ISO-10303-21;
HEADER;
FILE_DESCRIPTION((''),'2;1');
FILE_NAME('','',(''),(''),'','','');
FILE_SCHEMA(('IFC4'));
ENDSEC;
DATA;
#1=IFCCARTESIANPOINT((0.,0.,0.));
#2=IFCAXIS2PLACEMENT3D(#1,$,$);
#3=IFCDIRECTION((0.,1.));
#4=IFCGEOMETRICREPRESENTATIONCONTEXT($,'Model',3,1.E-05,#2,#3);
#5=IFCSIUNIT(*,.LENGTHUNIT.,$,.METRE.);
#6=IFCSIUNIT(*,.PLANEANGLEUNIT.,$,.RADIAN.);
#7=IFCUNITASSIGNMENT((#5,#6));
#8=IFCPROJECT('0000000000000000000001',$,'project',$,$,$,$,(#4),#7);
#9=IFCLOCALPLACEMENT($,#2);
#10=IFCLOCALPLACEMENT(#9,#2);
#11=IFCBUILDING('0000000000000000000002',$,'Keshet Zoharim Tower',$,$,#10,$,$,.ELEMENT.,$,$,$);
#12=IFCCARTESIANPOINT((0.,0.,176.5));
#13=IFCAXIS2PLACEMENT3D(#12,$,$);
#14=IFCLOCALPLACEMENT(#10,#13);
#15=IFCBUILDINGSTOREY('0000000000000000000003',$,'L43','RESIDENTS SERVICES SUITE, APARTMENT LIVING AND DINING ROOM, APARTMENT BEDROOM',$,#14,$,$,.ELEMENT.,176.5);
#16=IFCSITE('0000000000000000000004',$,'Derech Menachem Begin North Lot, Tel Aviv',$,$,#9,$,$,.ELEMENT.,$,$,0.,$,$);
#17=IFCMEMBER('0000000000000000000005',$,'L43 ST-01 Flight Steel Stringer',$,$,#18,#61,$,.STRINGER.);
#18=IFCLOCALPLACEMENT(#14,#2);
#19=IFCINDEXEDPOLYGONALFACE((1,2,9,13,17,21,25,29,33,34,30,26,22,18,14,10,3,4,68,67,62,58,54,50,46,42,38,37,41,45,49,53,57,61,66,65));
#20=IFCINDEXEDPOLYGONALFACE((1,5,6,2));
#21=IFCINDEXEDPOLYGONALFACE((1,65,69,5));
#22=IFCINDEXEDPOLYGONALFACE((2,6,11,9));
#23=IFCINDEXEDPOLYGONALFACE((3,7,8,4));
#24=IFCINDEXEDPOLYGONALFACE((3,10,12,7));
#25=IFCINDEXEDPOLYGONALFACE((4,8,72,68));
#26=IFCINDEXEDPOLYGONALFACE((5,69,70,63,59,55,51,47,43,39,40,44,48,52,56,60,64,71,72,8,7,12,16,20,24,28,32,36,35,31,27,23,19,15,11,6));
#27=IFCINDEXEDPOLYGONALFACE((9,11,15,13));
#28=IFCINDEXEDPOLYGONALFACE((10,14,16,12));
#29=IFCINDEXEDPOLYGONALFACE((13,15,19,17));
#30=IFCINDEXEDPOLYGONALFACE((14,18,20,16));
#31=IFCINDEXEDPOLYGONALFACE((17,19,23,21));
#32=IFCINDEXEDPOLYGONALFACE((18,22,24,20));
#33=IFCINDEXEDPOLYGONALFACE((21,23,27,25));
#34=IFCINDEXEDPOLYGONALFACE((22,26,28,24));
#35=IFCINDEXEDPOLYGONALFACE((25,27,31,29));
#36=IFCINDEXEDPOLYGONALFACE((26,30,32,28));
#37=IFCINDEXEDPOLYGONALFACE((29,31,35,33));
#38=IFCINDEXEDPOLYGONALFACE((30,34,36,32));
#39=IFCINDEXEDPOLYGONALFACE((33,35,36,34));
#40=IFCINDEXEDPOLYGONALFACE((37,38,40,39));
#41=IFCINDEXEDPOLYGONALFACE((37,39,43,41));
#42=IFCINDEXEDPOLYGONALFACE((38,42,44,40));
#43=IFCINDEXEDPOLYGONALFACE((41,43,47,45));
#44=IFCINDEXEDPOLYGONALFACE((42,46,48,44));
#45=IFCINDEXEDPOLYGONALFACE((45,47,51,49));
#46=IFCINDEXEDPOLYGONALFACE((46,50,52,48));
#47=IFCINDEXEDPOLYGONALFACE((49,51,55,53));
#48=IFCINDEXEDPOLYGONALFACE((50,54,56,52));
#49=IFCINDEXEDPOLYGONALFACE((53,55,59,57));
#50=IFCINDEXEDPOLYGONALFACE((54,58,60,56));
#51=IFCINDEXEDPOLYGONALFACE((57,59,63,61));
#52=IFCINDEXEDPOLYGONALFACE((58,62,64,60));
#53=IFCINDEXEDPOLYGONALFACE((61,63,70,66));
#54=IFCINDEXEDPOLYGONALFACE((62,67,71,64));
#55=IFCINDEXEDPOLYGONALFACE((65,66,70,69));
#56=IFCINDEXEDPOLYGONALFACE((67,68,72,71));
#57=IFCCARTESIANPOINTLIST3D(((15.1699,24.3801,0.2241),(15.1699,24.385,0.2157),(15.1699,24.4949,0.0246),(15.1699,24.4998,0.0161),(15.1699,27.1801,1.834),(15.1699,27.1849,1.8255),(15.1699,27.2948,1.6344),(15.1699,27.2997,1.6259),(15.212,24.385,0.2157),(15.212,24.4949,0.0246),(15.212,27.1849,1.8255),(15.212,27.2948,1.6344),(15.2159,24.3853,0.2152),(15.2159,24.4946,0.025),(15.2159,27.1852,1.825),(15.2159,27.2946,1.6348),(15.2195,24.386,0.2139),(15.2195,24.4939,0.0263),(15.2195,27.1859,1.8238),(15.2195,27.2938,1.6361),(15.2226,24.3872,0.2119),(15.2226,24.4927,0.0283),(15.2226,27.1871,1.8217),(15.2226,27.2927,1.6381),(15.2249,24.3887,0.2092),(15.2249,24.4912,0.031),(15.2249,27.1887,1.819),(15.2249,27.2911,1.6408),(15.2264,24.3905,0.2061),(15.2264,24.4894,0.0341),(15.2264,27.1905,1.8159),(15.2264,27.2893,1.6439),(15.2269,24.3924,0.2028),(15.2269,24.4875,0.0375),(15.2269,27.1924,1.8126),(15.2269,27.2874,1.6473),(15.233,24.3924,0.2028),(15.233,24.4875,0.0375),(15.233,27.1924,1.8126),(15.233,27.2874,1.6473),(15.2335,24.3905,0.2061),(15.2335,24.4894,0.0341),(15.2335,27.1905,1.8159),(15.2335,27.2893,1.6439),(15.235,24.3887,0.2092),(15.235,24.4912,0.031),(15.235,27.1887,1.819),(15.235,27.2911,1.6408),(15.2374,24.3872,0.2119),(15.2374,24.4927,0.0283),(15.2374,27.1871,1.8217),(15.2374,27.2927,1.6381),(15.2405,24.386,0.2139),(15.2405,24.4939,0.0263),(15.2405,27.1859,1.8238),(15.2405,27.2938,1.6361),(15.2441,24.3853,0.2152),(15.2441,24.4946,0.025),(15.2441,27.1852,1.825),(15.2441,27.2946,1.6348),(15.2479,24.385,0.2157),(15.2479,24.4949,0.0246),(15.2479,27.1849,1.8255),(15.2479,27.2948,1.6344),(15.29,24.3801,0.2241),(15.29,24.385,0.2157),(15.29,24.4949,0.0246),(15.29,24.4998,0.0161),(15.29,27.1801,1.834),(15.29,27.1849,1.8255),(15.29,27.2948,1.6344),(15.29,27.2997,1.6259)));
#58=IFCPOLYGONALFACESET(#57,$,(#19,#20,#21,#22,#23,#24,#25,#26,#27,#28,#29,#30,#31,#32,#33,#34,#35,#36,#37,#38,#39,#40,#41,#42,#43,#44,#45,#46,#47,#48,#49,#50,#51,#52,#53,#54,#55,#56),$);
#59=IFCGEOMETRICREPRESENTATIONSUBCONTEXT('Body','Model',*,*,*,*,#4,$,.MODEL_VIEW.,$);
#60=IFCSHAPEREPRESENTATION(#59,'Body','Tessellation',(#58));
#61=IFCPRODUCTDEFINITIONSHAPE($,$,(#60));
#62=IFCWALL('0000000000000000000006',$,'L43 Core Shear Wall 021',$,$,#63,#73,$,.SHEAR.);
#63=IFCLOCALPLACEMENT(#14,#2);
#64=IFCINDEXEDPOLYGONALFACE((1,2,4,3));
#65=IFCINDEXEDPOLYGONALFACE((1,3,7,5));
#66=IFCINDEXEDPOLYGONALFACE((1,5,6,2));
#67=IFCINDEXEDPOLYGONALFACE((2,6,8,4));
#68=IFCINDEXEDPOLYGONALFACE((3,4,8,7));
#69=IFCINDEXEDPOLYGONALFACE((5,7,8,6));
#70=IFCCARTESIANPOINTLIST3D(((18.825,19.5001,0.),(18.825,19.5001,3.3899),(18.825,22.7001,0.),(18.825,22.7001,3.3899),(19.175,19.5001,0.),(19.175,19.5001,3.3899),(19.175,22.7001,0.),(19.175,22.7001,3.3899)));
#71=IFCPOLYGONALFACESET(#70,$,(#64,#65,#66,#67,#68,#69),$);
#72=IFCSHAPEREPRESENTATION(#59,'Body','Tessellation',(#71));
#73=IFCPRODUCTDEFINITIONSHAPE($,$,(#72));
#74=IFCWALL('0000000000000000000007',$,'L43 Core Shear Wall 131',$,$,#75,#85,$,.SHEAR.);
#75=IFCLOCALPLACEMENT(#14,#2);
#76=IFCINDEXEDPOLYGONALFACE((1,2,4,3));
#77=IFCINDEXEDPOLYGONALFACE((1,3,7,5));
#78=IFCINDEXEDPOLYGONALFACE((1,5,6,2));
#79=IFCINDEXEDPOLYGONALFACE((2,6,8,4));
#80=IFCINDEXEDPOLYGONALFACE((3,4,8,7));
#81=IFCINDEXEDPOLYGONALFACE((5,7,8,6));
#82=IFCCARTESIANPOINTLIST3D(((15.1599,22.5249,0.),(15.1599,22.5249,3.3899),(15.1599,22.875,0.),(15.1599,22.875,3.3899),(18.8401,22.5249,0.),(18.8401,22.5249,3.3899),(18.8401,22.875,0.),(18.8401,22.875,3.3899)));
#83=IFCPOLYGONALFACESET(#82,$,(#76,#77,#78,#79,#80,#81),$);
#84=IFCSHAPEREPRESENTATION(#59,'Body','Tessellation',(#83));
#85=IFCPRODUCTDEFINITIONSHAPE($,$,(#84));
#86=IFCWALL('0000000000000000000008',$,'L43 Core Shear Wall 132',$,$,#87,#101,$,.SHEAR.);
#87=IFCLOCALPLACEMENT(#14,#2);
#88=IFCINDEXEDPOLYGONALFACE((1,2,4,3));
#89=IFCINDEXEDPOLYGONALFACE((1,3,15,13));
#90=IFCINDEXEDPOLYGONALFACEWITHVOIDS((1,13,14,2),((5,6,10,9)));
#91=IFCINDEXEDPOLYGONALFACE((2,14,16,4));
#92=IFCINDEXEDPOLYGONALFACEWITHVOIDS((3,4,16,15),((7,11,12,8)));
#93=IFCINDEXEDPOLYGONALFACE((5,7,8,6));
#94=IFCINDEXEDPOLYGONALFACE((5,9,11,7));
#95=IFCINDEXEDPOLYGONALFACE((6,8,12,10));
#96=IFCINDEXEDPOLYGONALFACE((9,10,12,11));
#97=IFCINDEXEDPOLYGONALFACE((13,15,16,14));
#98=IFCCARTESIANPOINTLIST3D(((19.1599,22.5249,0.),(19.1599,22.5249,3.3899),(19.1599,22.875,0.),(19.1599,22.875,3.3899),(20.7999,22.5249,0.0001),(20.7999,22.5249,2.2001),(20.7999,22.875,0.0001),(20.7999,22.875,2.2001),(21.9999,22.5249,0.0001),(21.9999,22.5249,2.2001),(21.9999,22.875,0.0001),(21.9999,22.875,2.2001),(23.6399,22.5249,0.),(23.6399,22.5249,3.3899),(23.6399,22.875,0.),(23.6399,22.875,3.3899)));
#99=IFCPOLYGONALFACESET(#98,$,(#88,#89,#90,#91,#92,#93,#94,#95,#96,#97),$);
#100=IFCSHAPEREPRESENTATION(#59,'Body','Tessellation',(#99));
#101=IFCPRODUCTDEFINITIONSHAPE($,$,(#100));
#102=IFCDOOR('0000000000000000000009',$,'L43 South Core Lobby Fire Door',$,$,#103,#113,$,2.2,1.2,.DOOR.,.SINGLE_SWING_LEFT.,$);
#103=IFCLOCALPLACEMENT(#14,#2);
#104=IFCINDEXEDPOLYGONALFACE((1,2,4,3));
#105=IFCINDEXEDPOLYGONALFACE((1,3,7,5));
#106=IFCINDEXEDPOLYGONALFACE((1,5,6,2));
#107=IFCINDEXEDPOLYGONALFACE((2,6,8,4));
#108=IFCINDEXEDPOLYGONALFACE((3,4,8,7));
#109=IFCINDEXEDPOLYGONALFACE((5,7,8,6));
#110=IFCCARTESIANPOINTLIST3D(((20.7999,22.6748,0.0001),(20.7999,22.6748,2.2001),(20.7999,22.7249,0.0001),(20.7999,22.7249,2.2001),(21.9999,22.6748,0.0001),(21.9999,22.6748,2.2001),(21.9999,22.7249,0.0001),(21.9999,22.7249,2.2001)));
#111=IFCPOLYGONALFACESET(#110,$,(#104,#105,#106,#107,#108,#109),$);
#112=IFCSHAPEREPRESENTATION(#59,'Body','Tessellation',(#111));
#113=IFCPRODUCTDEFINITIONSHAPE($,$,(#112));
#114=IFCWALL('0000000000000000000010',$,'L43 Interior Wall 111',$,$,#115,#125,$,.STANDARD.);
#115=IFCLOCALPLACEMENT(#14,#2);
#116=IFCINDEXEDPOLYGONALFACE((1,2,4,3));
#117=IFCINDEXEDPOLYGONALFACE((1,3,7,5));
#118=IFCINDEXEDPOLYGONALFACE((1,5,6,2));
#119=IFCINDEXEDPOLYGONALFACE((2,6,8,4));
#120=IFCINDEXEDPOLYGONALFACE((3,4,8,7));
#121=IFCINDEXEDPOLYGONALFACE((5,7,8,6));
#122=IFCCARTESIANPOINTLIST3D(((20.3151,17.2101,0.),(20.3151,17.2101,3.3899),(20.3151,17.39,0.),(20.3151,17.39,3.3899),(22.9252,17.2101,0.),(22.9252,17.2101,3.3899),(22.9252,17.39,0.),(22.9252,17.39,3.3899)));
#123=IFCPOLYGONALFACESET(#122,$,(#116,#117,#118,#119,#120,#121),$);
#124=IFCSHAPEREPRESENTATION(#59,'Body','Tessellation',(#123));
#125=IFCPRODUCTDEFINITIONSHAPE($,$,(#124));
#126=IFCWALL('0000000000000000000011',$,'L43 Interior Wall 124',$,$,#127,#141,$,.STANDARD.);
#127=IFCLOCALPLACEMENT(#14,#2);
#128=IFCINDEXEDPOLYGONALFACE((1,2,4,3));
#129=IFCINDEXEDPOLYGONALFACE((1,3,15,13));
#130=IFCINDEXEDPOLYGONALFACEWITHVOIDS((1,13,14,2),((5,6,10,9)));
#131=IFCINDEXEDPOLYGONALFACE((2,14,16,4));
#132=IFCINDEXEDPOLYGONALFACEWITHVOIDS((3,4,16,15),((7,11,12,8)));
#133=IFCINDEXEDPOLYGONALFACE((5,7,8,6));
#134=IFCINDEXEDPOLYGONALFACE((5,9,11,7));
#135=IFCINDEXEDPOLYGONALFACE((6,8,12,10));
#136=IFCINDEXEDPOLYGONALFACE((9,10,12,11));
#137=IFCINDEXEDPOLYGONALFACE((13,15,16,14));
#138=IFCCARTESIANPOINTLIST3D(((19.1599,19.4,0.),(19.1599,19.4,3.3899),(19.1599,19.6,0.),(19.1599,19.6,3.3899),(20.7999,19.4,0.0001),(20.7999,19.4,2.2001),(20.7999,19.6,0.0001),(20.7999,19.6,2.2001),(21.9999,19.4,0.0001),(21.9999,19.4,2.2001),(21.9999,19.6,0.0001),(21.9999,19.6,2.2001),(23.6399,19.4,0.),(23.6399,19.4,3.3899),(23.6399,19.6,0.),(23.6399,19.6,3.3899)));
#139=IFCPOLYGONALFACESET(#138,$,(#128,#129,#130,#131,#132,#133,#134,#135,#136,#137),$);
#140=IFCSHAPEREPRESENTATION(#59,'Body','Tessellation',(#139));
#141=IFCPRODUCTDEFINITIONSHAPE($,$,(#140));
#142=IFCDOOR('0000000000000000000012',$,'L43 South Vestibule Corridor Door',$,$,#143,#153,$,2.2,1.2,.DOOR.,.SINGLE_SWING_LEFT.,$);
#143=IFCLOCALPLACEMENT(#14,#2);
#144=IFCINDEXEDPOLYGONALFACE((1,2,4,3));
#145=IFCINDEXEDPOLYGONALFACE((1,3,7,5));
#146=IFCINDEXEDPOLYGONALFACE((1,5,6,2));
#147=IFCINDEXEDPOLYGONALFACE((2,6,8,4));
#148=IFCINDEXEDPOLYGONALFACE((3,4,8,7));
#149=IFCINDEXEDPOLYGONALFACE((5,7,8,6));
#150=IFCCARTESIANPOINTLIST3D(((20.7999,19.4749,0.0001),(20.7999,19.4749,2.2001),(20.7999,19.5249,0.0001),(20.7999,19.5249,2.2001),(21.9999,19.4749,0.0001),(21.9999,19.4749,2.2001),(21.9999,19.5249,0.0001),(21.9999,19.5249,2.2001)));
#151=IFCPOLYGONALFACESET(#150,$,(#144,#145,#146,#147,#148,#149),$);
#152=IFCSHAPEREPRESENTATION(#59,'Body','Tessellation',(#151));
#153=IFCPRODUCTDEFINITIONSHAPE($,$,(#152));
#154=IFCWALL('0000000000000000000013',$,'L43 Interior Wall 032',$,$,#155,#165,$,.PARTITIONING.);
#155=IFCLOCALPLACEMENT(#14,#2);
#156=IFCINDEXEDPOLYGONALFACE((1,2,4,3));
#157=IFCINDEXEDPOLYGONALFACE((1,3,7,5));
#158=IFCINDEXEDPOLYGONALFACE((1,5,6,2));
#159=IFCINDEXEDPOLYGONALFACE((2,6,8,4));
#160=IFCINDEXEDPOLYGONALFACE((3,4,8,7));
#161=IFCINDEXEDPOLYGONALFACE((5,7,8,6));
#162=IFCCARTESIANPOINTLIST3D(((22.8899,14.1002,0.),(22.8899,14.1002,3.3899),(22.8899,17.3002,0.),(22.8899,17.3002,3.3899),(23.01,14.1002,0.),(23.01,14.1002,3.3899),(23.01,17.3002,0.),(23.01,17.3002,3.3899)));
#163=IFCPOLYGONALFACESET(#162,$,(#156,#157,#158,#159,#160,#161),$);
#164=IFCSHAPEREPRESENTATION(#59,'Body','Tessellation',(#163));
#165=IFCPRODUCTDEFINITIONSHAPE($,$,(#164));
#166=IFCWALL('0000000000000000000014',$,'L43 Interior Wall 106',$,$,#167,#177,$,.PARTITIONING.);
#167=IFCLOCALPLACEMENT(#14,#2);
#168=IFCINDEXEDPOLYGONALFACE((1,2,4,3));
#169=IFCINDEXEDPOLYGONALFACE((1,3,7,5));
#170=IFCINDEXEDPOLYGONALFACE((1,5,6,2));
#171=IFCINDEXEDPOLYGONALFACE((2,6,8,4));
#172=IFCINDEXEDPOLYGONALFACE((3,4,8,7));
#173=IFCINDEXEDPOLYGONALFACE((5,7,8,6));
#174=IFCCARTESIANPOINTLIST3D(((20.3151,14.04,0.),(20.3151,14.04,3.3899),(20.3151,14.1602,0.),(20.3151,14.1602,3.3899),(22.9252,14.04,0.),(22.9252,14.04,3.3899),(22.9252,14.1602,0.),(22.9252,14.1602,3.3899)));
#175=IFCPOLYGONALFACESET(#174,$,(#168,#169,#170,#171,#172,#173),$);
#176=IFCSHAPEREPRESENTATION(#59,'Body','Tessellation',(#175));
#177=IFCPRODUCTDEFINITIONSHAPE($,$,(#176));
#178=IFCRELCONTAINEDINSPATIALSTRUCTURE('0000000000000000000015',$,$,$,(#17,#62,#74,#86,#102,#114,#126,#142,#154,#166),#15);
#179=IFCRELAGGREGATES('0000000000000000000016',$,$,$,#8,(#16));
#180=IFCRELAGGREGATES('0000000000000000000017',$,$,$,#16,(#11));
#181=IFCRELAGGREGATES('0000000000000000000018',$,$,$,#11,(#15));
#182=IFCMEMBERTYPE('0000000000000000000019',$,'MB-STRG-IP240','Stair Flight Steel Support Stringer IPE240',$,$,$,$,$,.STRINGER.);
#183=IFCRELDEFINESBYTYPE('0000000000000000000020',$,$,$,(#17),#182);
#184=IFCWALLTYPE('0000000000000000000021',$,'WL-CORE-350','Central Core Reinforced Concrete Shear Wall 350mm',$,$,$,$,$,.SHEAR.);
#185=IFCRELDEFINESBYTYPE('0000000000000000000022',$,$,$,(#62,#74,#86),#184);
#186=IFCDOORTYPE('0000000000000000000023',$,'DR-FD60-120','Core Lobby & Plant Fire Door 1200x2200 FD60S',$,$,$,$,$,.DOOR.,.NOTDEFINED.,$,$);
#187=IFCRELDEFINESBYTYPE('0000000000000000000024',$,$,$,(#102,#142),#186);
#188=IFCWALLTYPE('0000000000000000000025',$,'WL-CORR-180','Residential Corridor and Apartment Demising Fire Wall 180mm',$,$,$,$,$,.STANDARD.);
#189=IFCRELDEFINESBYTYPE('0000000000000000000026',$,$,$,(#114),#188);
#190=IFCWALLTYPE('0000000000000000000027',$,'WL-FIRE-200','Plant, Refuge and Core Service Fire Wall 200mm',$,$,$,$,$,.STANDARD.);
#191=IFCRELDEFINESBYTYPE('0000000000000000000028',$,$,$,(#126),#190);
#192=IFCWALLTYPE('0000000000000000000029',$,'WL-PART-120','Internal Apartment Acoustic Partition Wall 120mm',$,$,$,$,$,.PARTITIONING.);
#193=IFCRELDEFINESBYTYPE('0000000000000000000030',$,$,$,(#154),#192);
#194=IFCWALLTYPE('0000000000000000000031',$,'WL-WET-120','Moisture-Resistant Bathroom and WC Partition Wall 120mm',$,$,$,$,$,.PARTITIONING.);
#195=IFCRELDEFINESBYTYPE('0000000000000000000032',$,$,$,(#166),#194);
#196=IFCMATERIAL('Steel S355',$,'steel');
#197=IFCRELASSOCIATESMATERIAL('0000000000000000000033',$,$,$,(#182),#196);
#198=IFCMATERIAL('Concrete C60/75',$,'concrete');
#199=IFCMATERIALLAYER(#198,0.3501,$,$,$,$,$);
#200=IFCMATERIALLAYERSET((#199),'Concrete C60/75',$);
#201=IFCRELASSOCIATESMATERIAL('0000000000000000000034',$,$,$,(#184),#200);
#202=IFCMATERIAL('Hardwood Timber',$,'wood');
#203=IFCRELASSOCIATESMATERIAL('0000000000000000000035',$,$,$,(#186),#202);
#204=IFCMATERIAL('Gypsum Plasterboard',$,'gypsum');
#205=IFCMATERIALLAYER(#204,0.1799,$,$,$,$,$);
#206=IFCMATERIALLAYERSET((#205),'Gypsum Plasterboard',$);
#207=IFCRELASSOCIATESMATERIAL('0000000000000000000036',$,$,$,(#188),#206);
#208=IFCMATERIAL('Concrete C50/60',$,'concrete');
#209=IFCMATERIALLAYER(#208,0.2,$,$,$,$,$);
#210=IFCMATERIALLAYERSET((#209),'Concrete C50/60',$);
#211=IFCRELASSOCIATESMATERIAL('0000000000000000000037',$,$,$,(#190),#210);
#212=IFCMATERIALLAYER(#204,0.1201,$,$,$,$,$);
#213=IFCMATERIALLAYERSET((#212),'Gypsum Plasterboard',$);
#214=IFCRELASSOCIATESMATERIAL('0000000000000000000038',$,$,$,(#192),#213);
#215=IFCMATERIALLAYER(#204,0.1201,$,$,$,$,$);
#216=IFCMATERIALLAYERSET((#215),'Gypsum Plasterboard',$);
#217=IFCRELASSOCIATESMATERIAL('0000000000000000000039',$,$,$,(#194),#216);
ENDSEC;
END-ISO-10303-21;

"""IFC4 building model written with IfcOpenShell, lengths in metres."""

from ifc_helpers import new_model, si_unit, direction, frame, frame_2d, origin, origin_2d, place, context, subcontext, project, spatial, rectangle, i_section, extrude, material, layer, layer_set, material_profile, profile_set, type_object, element, fill, save


model = new_model("IFC4")

# Units and contexts
model_context = context("Model", 3, precision=1e-05, world=origin(), true_north=direction((0.0, 1.0)))
body_context = subcontext(model_context, "Body", "Model", "MODEL_VIEW")
ifc_project = project(units=[si_unit("LENGTHUNIT", "METRE"), si_unit("PLANEANGLEUNIT", "RADIAN")], contexts=[model_context])

# Site, building, storey
site_placement = place(None, origin())
site = spatial("IfcSite", under=ifc_project, at=site_placement, Name="Derech Menachem Begin North Lot, Tel Aviv", CompositionType="ELEMENT", RefElevation=0.0)
building_placement = place(site_placement, origin())
building = spatial("IfcBuilding", under=site, at=building_placement, Name="Keshet Zoharim Tower", CompositionType="ELEMENT")
storey_placement = place(building_placement, frame((0.0, 0.0, 176.5)))
storey = spatial("IfcBuildingStorey", under=building, at=storey_placement, Name="L43", Description="RESIDENTS SERVICES SUITE, APARTMENT LIVING AND DINING ROOM, APARTMENT BEDROOM", CompositionType="ELEMENT", Elevation=176.5)

# Member
ifc_material_1 = material(Name="Steel S355", Category="steel")
ifc_material_profile = material_profile(ifc_material_1, i_section(OverallWidth=0.1201, OverallDepth=0.24, WebThickness=0.0061, FlangeThickness=0.0098, FilletRadius=0.0149, at=origin_2d()), Name="IPE240")
ifc_profile_set = profile_set([ifc_material_profile], Name="Steel S355")
member_type = type_object("IfcMemberType", Name="MB-STRG-IP240", Description="Stair Flight Steel Support Stringer IPE240", PredefinedType="STRINGER", material=ifc_profile_set)
member_placement = place(storey_placement, frame((15.23, 24.4399, 0.1201), z_axis=(0.0, 0.866928, 0.498433), x_axis=(-1.0, 0.0, 0.0)))
element("IfcMember", 1, at=member_placement, inside=storey, type_object=member_type, Name="L43 ST-01 Flight Steel Stringer", PredefinedType="STRINGER", context=body_context, shape_type="SweptSolid", body=[
    extrude(i_section(OverallWidth=0.1201, OverallDepth=0.24, WebThickness=0.0061, FlangeThickness=0.0098, FilletRadius=0.0149, at=origin_2d()), origin(), (0.0, 0.0, 1.0), 3.2297),
])

# Wall
ifc_material_2 = material(Name="Concrete C60/75", Category="concrete")
ifc_layer_1 = layer(ifc_material_2, 0.3501)
ifc_layer_set_1 = layer_set([ifc_layer_1], Name="Concrete C60/75")
wall_type_1 = type_object("IfcWallType", Name="WL-CORE-350", Description="Central Core Reinforced Concrete Shear Wall 350mm", PredefinedType="SHEAR", material=ifc_layer_set_1)
wall_1_placement = place(storey_placement, frame((19.0, 19.5, 0.0), z_axis=(0.0, 0.0, 1.0), x_axis=(0.0, 1.0, 0.0)))
element("IfcWall", 2, at=wall_1_placement, inside=storey, type_object=wall_type_1, Name="L43 Core Shear Wall 021", PredefinedType="SHEAR", context=body_context, shape_type="SweptSolid", body=[
    extrude(rectangle(XDim=3.2, YDim=0.3501, at=frame_2d((1.6001, 0.0))), origin(), (0.0, 0.0, 1.0), 3.3899),
])

# Shared definitions
ifc_material_3 = material(Name="Hardwood Timber", Category="wood")

# Wall
wall_2_placement = place(storey_placement, frame((15.1599, 22.7, 0.0), z_axis=(0.0, 0.0, 1.0), x_axis=(1.0, 0.0, 0.0)))
element("IfcWall", 3, at=wall_2_placement, inside=storey, type_object=wall_type_1, Name="L43 Core Shear Wall 131", PredefinedType="SHEAR", context=body_context, shape_type="SweptSolid", body=[
    extrude(rectangle(XDim=3.6802, YDim=0.3501, at=frame_2d((1.8401, 0.0))), origin(), (0.0, 0.0, 1.0), 3.3899),
])

# Wall, opening, door
wall_3_placement = place(storey_placement, frame((19.1599, 22.7, 0.0), z_axis=(0.0, 0.0, 1.0), x_axis=(1.0, 0.0, 0.0)))
wall_3 = element("IfcWall", 4, at=wall_3_placement, inside=storey, type_object=wall_type_1, Name="L43 Core Shear Wall 132", PredefinedType="SHEAR", context=body_context, shape_type="SweptSolid", body=[
    extrude(rectangle(XDim=4.48, YDim=0.3501, at=frame_2d((2.24, 0.0))), origin(), (0.0, 0.0, 1.0), 3.3899),
])
opening_1_placement = place(wall_3_placement, frame((1.6399, 0.0, 0.0)))
opening_1 = element("IfcOpeningElement", 5, at=opening_1_placement, cuts=wall_3, PredefinedType="OPENING", context=body_context, shape_type="SweptSolid", body=[
    extrude(rectangle(XDim=1.2, YDim=2.2, at=frame_2d((0.6001, 1.1001))), frame((0.0, 0.1851, 0.0), z_axis=(0.0, -1.0, 0.0), x_axis=(1.0, 0.0, 0.0)), (0.0, 0.0, 1.0), 0.3701),
])
door_type_1 = type_object("IfcDoorType", Name="DR-FD60-120", Description="Core Lobby & Plant Fire Door 1200x2200 FD60S", OperationType="NOTDEFINED", PredefinedType="DOOR", material=ifc_material_3)
door_1_placement = place(opening_1_placement, origin())
door_1 = element("IfcDoor", 6, at=door_1_placement, inside=storey, type_object=door_type_1, Name="L43 South Core Lobby Fire Door", OperationType="SINGLE_SWING_LEFT", OverallHeight=2.2, OverallWidth=1.2, PredefinedType="DOOR", context=body_context, shape_type="SweptSolid", body=[
    extrude(rectangle(XDim=1.2, YDim=2.2, at=frame_2d((0.6001, 1.1001))), frame((0.0, 0.0249, 0.0), z_axis=(0.0, -1.0, 0.0), x_axis=(1.0, 0.0, 0.0)), (0.0, 0.0, 1.0), 0.05),
])
fill(opening_1, door_1)

# Wall
ifc_material_4 = material(Name="Gypsum Plasterboard", Category="gypsum")
ifc_layer_2 = layer(ifc_material_4, 0.1799)
ifc_layer_set_2 = layer_set([ifc_layer_2], Name="Gypsum Plasterboard")
wall_type_2 = type_object("IfcWallType", Name="WL-CORR-180", Description="Residential Corridor and Apartment Demising Fire Wall 180mm", PredefinedType="STANDARD", material=ifc_layer_set_2)
wall_4_placement = place(storey_placement, frame((20.3149, 17.3, 0.0), z_axis=(0.0, 0.0, 1.0), x_axis=(1.0, 0.0, 0.0)))
element("IfcWall", 7, at=wall_4_placement, inside=storey, type_object=wall_type_2, Name="L43 Interior Wall 111", PredefinedType="STANDARD", context=body_context, shape_type="SweptSolid", body=[
    extrude(rectangle(XDim=2.6101, YDim=0.1799, at=frame_2d((1.3052, 0.0))), origin(), (0.0, 0.0, 1.0), 3.3899),
])

# Wall, opening, door
ifc_material_5 = material(Name="Concrete C50/60", Category="concrete")
ifc_layer_3 = layer(ifc_material_5, 0.2)
ifc_layer_set_3 = layer_set([ifc_layer_3], Name="Concrete C50/60")
wall_type_3 = type_object("IfcWallType", Name="WL-FIRE-200", Description="Plant, Refuge and Core Service Fire Wall 200mm", PredefinedType="STANDARD", material=ifc_layer_set_3)
wall_5_placement = place(storey_placement, frame((19.1599, 19.5, 0.0), z_axis=(0.0, 0.0, 1.0), x_axis=(1.0, 0.0, 0.0)))
wall_5 = element("IfcWall", 8, at=wall_5_placement, inside=storey, type_object=wall_type_3, Name="L43 Interior Wall 124", PredefinedType="STANDARD", context=body_context, shape_type="SweptSolid", body=[
    extrude(rectangle(XDim=4.48, YDim=0.2, at=frame_2d((2.24, 0.0))), origin(), (0.0, 0.0, 1.0), 3.3899),
])
opening_2_placement = place(wall_5_placement, frame((1.6399, 0.0, 0.0)))
opening_2 = element("IfcOpeningElement", 9, at=opening_2_placement, cuts=wall_5, PredefinedType="OPENING", context=body_context, shape_type="SweptSolid", body=[
    extrude(rectangle(XDim=1.2, YDim=2.2, at=frame_2d((0.6001, 1.1001))), frame((0.0, 0.1099, 0.0), z_axis=(0.0, -1.0, 0.0), x_axis=(1.0, 0.0, 0.0)), (0.0, 0.0, 1.0), 0.22),
])
door_2_placement = place(opening_2_placement, origin())
door_2 = element("IfcDoor", 10, at=door_2_placement, inside=storey, type_object=door_type_1, Name="L43 South Vestibule Corridor Door", OperationType="SINGLE_SWING_LEFT", OverallHeight=2.2, OverallWidth=1.2, PredefinedType="DOOR", context=body_context, shape_type="SweptSolid", body=[
    extrude(rectangle(XDim=1.2, YDim=2.2, at=frame_2d((0.6001, 1.1001))), frame((0.0, 0.0249, 0.0), z_axis=(0.0, -1.0, 0.0), x_axis=(1.0, 0.0, 0.0)), (0.0, 0.0, 1.0), 0.05),
])
fill(opening_2, door_2)
ifc_layer_4 = layer(ifc_material_4, 0.1201)
ifc_layer_set_4 = layer_set([ifc_layer_4], Name="Gypsum Plasterboard")
wall_type_4 = type_object("IfcWallType", Name="WL-PART-120", Description="Internal Apartment Acoustic Partition Wall 120mm", PredefinedType="PARTITIONING", material=ifc_layer_set_4)

# Walls
wall_6_placement = place(storey_placement, frame((22.95, 14.1001, 0.0), z_axis=(0.0, 0.0, 1.0), x_axis=(0.0, 1.0, 0.0)))
element("IfcWall", 11, at=wall_6_placement, inside=storey, type_object=wall_type_4, Name="L43 Interior Wall 032", PredefinedType="PARTITIONING", context=body_context, shape_type="SweptSolid", body=[
    extrude(rectangle(XDim=3.2, YDim=0.1201, at=frame_2d((1.6001, 0.0))), origin(), (0.0, 0.0, 1.0), 3.3899),
])
ifc_layer_5 = layer(ifc_material_4, 0.1201)
ifc_layer_set_5 = layer_set([ifc_layer_5], Name="Gypsum Plasterboard")
wall_type_5 = type_object("IfcWallType", Name="WL-WET-120", Description="Moisture-Resistant Bathroom and WC Partition Wall 120mm", PredefinedType="PARTITIONING", material=ifc_layer_set_5)
wall_7_placement = place(storey_placement, frame((20.3149, 14.1001, 0.0), z_axis=(0.0, 0.0, 1.0), x_axis=(1.0, 0.0, 0.0)))
element("IfcWall", 12, at=wall_7_placement, inside=storey, type_object=wall_type_5, Name="L43 Interior Wall 106", PredefinedType="PARTITIONING", context=body_context, shape_type="SweptSolid", body=[
    extrude(rectangle(XDim=2.6101, YDim=0.1201, at=frame_2d((1.3052, 0.0))), origin(), (0.0, 0.0, 1.0), 3.3899),
])

save(model, "model.ifc")
